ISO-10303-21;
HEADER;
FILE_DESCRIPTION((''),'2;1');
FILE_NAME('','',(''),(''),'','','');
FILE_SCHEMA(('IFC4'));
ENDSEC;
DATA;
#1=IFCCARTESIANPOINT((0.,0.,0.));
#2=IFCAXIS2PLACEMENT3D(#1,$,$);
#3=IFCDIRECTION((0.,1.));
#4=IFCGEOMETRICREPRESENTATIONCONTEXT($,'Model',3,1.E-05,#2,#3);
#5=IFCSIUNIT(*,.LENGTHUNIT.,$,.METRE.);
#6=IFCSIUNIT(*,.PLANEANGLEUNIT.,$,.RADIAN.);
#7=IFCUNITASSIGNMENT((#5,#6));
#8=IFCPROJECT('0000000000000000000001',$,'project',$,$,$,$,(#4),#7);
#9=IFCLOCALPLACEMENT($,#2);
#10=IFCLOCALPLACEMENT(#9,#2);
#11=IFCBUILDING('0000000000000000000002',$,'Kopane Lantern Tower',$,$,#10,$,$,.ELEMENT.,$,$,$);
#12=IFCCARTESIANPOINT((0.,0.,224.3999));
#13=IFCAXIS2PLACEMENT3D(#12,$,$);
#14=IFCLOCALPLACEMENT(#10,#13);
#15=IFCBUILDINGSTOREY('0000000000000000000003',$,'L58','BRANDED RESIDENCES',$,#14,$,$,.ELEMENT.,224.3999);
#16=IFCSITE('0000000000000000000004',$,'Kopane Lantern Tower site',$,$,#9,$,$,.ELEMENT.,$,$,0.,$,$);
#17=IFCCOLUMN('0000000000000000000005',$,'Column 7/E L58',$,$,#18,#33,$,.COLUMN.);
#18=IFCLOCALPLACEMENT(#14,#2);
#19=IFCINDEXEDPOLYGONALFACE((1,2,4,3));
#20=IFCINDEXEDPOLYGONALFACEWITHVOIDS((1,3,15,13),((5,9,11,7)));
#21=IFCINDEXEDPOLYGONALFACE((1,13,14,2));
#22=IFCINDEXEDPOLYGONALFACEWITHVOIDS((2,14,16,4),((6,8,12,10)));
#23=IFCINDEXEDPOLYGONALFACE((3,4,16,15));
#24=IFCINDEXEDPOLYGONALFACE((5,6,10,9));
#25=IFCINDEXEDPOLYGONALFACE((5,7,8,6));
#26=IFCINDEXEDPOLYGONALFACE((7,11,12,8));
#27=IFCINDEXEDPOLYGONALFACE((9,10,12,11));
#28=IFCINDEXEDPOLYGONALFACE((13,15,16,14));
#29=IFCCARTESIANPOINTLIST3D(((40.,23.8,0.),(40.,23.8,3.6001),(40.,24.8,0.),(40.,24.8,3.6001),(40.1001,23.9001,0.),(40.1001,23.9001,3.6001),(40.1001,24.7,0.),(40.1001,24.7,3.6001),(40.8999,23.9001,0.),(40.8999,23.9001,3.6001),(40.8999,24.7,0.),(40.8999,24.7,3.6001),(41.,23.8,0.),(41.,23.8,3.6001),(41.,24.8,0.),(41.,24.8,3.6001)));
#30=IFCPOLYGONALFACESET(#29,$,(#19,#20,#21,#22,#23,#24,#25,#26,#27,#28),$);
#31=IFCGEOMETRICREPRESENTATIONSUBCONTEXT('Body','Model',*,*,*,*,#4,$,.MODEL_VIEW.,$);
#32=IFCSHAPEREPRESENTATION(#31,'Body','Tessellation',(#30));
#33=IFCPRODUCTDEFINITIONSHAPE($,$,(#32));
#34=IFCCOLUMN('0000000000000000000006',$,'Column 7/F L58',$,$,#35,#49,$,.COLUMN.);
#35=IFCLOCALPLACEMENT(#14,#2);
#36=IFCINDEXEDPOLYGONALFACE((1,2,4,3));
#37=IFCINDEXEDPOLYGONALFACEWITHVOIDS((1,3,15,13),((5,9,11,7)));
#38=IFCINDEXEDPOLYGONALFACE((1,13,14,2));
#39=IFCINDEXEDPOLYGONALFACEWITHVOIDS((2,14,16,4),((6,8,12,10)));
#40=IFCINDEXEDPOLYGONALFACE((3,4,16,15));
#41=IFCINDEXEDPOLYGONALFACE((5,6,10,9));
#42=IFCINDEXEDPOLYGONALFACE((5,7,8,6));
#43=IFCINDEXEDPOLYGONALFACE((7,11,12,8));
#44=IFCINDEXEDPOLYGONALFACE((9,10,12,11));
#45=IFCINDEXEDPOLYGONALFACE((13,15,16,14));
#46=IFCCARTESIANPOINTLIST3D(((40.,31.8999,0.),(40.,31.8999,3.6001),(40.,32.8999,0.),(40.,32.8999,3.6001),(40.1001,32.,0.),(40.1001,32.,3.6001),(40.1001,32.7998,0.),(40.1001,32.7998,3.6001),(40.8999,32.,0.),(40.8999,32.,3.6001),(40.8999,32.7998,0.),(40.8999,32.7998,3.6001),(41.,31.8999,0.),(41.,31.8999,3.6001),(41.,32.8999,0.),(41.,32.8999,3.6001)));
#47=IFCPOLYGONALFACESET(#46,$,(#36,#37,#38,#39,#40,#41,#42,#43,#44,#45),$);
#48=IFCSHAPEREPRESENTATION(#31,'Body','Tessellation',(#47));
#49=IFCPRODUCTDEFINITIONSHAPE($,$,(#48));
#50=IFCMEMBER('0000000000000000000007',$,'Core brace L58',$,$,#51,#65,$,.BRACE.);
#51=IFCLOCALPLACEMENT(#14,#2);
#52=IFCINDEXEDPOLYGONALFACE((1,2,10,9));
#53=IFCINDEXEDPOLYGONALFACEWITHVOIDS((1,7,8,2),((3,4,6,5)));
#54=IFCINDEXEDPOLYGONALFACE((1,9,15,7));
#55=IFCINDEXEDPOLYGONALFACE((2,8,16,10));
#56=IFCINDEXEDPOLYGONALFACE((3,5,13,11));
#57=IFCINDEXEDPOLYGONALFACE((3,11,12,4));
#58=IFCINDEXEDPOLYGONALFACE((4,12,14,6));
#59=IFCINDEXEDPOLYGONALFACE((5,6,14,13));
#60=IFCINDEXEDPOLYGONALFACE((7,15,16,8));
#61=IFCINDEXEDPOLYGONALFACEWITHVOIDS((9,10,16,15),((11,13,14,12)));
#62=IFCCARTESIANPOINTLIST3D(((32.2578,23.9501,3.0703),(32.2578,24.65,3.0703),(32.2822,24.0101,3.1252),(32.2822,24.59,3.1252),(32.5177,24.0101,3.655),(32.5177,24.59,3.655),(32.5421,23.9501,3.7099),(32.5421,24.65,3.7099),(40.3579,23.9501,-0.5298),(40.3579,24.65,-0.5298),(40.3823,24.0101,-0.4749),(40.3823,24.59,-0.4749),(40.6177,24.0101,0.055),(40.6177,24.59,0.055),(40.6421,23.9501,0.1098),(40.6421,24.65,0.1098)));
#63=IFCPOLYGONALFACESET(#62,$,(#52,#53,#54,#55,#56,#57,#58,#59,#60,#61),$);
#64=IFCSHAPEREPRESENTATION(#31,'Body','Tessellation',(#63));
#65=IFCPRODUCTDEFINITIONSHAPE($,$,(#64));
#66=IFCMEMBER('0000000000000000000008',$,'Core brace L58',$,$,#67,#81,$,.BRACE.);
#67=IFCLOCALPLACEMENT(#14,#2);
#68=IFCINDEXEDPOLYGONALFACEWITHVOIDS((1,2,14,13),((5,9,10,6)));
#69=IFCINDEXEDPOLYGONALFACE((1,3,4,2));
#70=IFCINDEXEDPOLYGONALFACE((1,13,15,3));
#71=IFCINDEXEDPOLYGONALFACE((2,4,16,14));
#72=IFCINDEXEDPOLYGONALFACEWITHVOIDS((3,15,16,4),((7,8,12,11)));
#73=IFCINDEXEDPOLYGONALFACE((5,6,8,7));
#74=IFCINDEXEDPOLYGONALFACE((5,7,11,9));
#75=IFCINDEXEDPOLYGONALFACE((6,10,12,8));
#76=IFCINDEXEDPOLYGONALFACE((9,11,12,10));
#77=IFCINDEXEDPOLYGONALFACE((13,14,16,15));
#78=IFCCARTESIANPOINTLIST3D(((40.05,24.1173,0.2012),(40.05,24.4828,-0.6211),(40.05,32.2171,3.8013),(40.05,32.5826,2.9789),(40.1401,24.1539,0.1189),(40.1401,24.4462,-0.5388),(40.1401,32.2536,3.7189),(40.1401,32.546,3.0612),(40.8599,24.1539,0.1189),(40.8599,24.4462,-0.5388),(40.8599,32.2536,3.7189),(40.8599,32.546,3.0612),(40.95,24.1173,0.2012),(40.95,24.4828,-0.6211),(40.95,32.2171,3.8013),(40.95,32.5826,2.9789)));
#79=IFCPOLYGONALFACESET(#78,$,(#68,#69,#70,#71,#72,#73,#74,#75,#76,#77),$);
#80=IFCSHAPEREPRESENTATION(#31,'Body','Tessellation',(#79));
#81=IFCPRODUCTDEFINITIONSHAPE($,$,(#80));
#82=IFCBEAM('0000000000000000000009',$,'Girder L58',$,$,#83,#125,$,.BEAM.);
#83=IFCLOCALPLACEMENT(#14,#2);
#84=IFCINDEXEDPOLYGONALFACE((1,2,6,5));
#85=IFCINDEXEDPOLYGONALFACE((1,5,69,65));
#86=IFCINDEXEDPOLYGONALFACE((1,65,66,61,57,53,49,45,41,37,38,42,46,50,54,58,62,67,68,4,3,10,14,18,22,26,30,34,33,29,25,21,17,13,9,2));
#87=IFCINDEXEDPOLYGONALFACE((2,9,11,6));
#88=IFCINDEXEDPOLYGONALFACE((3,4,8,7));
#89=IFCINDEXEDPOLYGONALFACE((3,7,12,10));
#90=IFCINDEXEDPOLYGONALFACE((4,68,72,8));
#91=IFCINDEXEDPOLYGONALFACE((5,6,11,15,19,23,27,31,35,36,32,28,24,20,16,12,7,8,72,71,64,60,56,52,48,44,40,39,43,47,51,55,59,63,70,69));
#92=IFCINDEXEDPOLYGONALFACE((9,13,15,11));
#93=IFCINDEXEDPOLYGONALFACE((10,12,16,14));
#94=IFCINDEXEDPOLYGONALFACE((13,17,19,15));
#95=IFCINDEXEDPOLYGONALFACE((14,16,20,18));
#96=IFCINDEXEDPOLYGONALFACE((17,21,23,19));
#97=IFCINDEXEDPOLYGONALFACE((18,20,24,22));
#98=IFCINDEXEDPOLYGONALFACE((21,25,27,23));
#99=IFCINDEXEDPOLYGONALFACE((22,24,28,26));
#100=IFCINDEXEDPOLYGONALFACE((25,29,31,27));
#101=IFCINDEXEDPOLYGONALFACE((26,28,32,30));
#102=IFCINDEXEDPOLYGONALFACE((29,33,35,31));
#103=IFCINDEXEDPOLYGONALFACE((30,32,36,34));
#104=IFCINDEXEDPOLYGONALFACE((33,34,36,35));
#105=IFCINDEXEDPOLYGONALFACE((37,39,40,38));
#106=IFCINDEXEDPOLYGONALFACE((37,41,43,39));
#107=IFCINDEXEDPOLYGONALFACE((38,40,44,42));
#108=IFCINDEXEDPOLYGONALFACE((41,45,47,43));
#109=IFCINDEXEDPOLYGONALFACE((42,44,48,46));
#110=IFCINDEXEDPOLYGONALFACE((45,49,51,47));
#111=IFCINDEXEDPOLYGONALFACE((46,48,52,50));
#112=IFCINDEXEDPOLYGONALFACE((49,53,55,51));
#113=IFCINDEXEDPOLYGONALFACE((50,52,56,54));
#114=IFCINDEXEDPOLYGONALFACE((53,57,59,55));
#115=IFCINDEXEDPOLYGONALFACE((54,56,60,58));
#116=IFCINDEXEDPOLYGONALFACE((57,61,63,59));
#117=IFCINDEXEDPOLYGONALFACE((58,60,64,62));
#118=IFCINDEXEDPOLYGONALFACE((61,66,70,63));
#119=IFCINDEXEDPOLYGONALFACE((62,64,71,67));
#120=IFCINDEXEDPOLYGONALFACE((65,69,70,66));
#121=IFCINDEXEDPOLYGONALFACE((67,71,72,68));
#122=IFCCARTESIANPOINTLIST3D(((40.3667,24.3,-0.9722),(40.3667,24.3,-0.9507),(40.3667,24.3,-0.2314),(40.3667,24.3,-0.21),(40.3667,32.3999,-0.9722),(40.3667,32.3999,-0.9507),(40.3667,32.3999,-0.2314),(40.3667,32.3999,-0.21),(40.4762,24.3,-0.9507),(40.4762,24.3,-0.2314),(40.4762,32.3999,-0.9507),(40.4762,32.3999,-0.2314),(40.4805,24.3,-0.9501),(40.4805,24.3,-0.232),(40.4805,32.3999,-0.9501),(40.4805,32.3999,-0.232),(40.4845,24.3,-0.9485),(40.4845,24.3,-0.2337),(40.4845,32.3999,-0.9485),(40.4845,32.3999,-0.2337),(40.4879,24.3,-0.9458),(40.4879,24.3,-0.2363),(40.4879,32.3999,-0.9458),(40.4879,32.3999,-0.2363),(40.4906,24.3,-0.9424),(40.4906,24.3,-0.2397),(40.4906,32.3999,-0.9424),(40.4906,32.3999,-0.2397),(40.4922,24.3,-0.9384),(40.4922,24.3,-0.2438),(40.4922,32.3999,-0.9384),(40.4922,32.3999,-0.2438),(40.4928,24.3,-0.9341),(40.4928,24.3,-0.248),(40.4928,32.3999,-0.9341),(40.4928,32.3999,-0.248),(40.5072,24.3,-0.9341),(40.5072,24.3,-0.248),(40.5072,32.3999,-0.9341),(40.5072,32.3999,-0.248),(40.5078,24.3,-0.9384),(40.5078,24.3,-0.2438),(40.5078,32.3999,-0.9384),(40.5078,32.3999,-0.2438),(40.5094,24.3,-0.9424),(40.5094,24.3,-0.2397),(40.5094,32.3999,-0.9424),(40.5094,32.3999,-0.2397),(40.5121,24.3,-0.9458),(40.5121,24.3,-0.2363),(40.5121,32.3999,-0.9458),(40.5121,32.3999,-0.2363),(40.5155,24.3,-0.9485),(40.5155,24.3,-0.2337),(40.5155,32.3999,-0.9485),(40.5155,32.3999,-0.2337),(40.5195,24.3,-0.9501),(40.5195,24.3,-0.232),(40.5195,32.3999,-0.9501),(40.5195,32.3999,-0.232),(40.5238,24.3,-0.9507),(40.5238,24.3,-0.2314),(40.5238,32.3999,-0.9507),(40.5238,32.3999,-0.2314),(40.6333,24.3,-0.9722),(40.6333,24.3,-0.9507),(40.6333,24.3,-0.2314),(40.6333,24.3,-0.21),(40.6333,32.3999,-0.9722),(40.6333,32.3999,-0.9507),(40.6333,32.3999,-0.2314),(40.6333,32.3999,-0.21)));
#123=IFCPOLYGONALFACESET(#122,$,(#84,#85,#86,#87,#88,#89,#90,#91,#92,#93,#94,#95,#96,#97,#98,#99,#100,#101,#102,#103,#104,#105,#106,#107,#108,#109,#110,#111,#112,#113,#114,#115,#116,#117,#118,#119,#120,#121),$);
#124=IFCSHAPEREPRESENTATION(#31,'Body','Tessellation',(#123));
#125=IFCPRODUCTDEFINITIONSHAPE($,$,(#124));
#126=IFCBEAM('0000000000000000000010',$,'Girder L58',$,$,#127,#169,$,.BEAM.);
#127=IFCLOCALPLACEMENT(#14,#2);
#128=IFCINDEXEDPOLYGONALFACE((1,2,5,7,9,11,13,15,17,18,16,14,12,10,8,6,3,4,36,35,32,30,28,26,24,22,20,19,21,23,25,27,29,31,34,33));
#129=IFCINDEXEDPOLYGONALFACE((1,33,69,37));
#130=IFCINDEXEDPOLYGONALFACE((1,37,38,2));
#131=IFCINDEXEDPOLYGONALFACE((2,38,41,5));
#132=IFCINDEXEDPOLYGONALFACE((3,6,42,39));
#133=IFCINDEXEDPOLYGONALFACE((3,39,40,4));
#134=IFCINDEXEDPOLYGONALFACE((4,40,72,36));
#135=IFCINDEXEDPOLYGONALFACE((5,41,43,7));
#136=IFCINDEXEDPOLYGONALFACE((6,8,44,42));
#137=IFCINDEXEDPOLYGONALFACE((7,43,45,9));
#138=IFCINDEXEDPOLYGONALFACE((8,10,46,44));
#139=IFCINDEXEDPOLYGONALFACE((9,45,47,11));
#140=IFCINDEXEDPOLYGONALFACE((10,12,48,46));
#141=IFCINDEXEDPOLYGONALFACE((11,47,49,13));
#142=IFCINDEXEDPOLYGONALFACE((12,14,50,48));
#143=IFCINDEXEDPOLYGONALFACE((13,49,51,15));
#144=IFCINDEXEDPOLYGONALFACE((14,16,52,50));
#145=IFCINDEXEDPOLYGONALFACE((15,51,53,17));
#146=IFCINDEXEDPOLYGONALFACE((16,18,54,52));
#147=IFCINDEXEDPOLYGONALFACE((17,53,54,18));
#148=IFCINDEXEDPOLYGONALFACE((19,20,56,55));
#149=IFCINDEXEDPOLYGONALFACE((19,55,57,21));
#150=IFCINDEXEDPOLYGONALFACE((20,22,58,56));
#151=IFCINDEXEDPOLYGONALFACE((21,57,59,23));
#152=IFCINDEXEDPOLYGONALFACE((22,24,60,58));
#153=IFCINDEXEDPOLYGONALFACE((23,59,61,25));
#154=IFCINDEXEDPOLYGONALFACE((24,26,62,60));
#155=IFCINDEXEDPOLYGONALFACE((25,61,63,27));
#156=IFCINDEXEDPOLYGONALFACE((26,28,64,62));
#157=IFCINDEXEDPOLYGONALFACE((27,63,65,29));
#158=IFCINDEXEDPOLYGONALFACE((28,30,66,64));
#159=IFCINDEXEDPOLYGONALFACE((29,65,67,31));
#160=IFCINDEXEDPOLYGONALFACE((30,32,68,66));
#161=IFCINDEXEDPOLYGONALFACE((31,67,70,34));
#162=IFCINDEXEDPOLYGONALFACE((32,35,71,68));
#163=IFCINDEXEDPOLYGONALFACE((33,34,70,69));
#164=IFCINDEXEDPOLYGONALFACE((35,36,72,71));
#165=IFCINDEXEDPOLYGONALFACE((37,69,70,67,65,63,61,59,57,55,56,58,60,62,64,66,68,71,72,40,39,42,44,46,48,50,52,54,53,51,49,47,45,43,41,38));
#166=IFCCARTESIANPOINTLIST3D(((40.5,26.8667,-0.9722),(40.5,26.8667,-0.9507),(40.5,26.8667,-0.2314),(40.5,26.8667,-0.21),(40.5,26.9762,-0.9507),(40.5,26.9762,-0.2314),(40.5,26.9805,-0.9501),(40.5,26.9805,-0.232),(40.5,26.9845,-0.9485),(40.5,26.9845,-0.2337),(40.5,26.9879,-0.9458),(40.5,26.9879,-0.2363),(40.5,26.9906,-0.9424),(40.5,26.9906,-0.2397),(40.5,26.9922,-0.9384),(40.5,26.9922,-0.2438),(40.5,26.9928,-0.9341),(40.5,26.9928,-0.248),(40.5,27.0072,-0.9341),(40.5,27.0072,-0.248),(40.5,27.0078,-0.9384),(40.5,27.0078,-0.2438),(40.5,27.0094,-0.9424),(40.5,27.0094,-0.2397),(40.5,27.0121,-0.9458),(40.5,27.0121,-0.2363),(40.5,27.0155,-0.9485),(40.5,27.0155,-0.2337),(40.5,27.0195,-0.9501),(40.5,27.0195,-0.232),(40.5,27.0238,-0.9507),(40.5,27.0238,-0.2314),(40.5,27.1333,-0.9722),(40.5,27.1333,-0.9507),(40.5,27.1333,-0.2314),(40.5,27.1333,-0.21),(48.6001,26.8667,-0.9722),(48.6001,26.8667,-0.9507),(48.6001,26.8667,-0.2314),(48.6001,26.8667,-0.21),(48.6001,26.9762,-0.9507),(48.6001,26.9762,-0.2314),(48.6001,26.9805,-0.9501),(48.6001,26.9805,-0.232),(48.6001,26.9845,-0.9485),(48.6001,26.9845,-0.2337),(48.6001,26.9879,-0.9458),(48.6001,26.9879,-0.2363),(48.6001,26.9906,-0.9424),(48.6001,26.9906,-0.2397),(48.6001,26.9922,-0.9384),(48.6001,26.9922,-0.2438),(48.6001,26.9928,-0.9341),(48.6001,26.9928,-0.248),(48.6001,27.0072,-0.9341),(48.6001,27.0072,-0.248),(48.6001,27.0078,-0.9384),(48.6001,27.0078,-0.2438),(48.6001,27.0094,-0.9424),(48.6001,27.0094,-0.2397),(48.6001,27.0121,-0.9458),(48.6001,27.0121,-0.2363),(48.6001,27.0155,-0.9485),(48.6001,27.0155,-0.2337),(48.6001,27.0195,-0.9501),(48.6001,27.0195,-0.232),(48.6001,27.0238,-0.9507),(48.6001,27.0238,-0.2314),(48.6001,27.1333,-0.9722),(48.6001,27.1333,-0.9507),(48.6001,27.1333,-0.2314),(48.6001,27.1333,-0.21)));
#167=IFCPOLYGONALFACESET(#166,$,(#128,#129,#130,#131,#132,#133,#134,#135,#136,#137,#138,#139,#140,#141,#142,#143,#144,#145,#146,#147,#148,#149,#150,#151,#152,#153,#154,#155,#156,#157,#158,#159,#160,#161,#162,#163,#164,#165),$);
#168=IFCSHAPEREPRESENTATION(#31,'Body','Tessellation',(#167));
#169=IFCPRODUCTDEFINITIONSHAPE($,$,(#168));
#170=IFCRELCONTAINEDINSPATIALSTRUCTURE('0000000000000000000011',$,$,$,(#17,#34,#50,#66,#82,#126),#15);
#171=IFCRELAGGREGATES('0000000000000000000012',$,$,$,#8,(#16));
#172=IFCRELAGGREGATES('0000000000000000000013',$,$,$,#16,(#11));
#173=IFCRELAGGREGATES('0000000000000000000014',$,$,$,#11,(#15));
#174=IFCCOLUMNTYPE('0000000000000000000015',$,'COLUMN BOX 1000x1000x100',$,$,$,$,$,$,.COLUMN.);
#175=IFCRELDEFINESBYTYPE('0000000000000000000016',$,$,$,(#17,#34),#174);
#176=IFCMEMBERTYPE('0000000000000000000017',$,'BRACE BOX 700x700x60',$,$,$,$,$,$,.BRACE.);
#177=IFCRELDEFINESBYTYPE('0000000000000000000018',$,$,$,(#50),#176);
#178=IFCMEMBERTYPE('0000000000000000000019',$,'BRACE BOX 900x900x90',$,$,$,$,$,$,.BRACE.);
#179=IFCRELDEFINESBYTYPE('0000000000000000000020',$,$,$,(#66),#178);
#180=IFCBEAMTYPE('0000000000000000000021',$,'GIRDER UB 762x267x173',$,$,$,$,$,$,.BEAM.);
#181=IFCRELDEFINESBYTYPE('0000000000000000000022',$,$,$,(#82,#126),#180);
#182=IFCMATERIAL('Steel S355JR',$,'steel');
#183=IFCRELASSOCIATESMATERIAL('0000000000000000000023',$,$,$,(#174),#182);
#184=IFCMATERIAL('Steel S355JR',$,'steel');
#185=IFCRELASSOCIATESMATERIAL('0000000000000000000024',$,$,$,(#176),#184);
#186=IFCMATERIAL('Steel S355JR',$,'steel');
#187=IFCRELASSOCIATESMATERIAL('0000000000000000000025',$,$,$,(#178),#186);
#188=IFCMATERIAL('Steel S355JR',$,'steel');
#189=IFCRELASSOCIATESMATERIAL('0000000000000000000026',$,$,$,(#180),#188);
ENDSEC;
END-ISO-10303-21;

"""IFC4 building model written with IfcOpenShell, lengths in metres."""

from ifc_helpers import new_model, si_unit, direction, frame, origin, origin_2d, place, context, subcontext, project, spatial, hollow_rectangle, i_section, extrude, material, material_profile, profile_set, type_object, element, save


model = new_model("IFC4")

# Units and contexts
model_context = context("Model", 3, precision=1e-05, world=origin(), true_north=direction((0.0, 1.0)))
body_context = subcontext(model_context, "Body", "Model", "MODEL_VIEW")
ifc_project = project(units=[si_unit("LENGTHUNIT", "METRE"), si_unit("PLANEANGLEUNIT", "RADIAN")], contexts=[model_context])

# Site, building, storey
site_placement = place(None, origin())
site = spatial("IfcSite", under=ifc_project, at=site_placement, Name="Kopane Lantern Tower site", CompositionType="ELEMENT", RefElevation=0.0)
building_placement = place(site_placement, origin())
building = spatial("IfcBuilding", under=site, at=building_placement, Name="Kopane Lantern Tower", CompositionType="ELEMENT")
storey_placement = place(building_placement, frame((0.0, 0.0, 224.3999)))
storey = spatial("IfcBuildingStorey", under=building, at=storey_placement, Name="L58", Description="BRANDED RESIDENCES", CompositionType="ELEMENT", Elevation=224.3999)

# Columns
ifc_material_1 = material(Name="Steel S355JR", Category="steel")
ifc_material_profile_1 = material_profile(ifc_material_1, hollow_rectangle(XDim=1.0, YDim=1.0, WallThickness=0.1001, at=origin_2d()), Name="BOX 1000x1000x100")
ifc_profile_set_1 = profile_set([ifc_material_profile_1], Name="Steel S355JR")
column_type = type_object("IfcColumnType", Name="COLUMN BOX 1000x1000x100", PredefinedType="COLUMN", material=ifc_profile_set_1)
for number, where, z_axis, x_axis, name in (
    (1, (40.5, 24.3, 0.0), (0.0, 0.0, 1.0), (1.0, 0.0, 0.0), "Column 7/E L58"),
    (2, (40.5, 32.3999, 0.0), (0.0, 0.0, 1.0), (1.0, 0.0, 0.0), "Column 7/F L58"),
):
    element("IfcColumn", number, at=place(storey_placement, frame(where, z_axis=z_axis, x_axis=x_axis)), inside=storey, type_object=column_type, Name=name, PredefinedType="COLUMN", context=body_context, shape_type="SweptSolid", body=[
        extrude(hollow_rectangle(XDim=1.0, YDim=1.0, WallThickness=0.1001, at=origin_2d()), origin(), (0.0, 0.0, 1.0), 3.6001),
    ])

# Members
ifc_material_2 = material(Name="Steel S355JR", Category="steel")
ifc_material_profile_2 = material_profile(ifc_material_2, hollow_rectangle(XDim=0.7, YDim=0.7, WallThickness=0.0601, at=origin_2d()), Name="BOX 700x700x60")
ifc_profile_set_2 = profile_set([ifc_material_profile_2], Name="Steel S355JR")
member_type_1 = type_object("IfcMemberType", Name="BRACE BOX 700x700x60", PredefinedType="BRACE", material=ifc_profile_set_2)
member_1_placement = place(storey_placement, frame((40.5, 24.3, -0.21), z_axis=(-0.913809, 0.0, 0.406144), x_axis=(0.0, -1.0, 0.0)))
element("IfcMember", 3, at=member_1_placement, inside=storey, type_object=member_type_1, Name="Core brace L58", PredefinedType="BRACE", context=body_context, shape_type="SweptSolid", body=[
    extrude(hollow_rectangle(XDim=0.7, YDim=0.7, WallThickness=0.0601, at=origin_2d()), origin(), (0.0, 0.0, 1.0), 8.864),
])
ifc_material_3 = material(Name="Steel S355JR", Category="steel")
ifc_material_profile_3 = material_profile(ifc_material_3, hollow_rectangle(XDim=0.8999, YDim=0.8999, WallThickness=0.0901, at=origin_2d()), Name="BOX 900x900x90")
ifc_profile_set_3 = profile_set([ifc_material_profile_3], Name="Steel S355JR")
member_type_2 = type_object("IfcMemberType", Name="BRACE BOX 900x900x90", PredefinedType="BRACE", material=ifc_profile_set_3)
member_2_placement = place(storey_placement, frame((40.5, 24.3, -0.21), z_axis=(0.0, 0.913805, 0.406154), x_axis=(-1.0, 0.0, 0.0)))
element("IfcMember", 4, at=member_2_placement, inside=storey, type_object=member_type_2, Name="Core brace L58", PredefinedType="BRACE", context=body_context, shape_type="SweptSolid", body=[
    extrude(hollow_rectangle(XDim=0.8999, YDim=0.8999, WallThickness=0.0901, at=origin_2d()), origin(), (0.0, 0.0, 1.0), 8.8638),
])

# Beams
ifc_material_4 = material(Name="Steel S355JR", Category="steel")
ifc_material_profile_4 = material_profile(ifc_material_4, i_section(OverallWidth=0.2666, OverallDepth=0.7622, WebThickness=0.0144, FlangeThickness=0.0215, FilletRadius=0.0166, at=origin_2d()), Name="UB 762x267x173")
ifc_profile_set_4 = profile_set([ifc_material_profile_4], Name="Steel S355JR")
beam_type = type_object("IfcBeamType", Name="GIRDER UB 762x267x173", PredefinedType="BEAM", material=ifc_profile_set_4)
beam_placement = place(storey_placement, frame((40.5, 24.3, -0.5911), z_axis=(0.0, 1.0, 0.0), x_axis=(-1.0, 0.0, 0.0)))
element("IfcBeam", 5, at=beam_placement, inside=storey, type_object=beam_type, Name="Girder L58", PredefinedType="BEAM", context=body_context, shape_type="SweptSolid", body=[
    extrude(i_section(OverallWidth=0.2666, OverallDepth=0.7622, WebThickness=0.0144, FlangeThickness=0.0215, FilletRadius=0.0166, at=origin_2d()), origin(), (0.0, 0.0, 1.0), 8.0999),
])
for number, where, z_axis, x_axis, name in (
    (6, (40.5, 27.0, -0.5911), (1.0, 0.0, 0.0), (0.0, 1.0, 0.0), "Girder L58"),
):
    element("IfcBeam", number, at=place(storey_placement, frame(where, z_axis=z_axis, x_axis=x_axis)), inside=storey, type_object=beam_type, Name=name, PredefinedType="BEAM", context=body_context, shape_type="SweptSolid", body=[
        extrude(i_section(OverallWidth=0.2666, OverallDepth=0.7622, WebThickness=0.0144, FlangeThickness=0.0215, FilletRadius=0.0166, at=origin_2d()), origin(), (0.0, 0.0, 1.0), 8.1001),
    ])

save(model, "model.ifc")
